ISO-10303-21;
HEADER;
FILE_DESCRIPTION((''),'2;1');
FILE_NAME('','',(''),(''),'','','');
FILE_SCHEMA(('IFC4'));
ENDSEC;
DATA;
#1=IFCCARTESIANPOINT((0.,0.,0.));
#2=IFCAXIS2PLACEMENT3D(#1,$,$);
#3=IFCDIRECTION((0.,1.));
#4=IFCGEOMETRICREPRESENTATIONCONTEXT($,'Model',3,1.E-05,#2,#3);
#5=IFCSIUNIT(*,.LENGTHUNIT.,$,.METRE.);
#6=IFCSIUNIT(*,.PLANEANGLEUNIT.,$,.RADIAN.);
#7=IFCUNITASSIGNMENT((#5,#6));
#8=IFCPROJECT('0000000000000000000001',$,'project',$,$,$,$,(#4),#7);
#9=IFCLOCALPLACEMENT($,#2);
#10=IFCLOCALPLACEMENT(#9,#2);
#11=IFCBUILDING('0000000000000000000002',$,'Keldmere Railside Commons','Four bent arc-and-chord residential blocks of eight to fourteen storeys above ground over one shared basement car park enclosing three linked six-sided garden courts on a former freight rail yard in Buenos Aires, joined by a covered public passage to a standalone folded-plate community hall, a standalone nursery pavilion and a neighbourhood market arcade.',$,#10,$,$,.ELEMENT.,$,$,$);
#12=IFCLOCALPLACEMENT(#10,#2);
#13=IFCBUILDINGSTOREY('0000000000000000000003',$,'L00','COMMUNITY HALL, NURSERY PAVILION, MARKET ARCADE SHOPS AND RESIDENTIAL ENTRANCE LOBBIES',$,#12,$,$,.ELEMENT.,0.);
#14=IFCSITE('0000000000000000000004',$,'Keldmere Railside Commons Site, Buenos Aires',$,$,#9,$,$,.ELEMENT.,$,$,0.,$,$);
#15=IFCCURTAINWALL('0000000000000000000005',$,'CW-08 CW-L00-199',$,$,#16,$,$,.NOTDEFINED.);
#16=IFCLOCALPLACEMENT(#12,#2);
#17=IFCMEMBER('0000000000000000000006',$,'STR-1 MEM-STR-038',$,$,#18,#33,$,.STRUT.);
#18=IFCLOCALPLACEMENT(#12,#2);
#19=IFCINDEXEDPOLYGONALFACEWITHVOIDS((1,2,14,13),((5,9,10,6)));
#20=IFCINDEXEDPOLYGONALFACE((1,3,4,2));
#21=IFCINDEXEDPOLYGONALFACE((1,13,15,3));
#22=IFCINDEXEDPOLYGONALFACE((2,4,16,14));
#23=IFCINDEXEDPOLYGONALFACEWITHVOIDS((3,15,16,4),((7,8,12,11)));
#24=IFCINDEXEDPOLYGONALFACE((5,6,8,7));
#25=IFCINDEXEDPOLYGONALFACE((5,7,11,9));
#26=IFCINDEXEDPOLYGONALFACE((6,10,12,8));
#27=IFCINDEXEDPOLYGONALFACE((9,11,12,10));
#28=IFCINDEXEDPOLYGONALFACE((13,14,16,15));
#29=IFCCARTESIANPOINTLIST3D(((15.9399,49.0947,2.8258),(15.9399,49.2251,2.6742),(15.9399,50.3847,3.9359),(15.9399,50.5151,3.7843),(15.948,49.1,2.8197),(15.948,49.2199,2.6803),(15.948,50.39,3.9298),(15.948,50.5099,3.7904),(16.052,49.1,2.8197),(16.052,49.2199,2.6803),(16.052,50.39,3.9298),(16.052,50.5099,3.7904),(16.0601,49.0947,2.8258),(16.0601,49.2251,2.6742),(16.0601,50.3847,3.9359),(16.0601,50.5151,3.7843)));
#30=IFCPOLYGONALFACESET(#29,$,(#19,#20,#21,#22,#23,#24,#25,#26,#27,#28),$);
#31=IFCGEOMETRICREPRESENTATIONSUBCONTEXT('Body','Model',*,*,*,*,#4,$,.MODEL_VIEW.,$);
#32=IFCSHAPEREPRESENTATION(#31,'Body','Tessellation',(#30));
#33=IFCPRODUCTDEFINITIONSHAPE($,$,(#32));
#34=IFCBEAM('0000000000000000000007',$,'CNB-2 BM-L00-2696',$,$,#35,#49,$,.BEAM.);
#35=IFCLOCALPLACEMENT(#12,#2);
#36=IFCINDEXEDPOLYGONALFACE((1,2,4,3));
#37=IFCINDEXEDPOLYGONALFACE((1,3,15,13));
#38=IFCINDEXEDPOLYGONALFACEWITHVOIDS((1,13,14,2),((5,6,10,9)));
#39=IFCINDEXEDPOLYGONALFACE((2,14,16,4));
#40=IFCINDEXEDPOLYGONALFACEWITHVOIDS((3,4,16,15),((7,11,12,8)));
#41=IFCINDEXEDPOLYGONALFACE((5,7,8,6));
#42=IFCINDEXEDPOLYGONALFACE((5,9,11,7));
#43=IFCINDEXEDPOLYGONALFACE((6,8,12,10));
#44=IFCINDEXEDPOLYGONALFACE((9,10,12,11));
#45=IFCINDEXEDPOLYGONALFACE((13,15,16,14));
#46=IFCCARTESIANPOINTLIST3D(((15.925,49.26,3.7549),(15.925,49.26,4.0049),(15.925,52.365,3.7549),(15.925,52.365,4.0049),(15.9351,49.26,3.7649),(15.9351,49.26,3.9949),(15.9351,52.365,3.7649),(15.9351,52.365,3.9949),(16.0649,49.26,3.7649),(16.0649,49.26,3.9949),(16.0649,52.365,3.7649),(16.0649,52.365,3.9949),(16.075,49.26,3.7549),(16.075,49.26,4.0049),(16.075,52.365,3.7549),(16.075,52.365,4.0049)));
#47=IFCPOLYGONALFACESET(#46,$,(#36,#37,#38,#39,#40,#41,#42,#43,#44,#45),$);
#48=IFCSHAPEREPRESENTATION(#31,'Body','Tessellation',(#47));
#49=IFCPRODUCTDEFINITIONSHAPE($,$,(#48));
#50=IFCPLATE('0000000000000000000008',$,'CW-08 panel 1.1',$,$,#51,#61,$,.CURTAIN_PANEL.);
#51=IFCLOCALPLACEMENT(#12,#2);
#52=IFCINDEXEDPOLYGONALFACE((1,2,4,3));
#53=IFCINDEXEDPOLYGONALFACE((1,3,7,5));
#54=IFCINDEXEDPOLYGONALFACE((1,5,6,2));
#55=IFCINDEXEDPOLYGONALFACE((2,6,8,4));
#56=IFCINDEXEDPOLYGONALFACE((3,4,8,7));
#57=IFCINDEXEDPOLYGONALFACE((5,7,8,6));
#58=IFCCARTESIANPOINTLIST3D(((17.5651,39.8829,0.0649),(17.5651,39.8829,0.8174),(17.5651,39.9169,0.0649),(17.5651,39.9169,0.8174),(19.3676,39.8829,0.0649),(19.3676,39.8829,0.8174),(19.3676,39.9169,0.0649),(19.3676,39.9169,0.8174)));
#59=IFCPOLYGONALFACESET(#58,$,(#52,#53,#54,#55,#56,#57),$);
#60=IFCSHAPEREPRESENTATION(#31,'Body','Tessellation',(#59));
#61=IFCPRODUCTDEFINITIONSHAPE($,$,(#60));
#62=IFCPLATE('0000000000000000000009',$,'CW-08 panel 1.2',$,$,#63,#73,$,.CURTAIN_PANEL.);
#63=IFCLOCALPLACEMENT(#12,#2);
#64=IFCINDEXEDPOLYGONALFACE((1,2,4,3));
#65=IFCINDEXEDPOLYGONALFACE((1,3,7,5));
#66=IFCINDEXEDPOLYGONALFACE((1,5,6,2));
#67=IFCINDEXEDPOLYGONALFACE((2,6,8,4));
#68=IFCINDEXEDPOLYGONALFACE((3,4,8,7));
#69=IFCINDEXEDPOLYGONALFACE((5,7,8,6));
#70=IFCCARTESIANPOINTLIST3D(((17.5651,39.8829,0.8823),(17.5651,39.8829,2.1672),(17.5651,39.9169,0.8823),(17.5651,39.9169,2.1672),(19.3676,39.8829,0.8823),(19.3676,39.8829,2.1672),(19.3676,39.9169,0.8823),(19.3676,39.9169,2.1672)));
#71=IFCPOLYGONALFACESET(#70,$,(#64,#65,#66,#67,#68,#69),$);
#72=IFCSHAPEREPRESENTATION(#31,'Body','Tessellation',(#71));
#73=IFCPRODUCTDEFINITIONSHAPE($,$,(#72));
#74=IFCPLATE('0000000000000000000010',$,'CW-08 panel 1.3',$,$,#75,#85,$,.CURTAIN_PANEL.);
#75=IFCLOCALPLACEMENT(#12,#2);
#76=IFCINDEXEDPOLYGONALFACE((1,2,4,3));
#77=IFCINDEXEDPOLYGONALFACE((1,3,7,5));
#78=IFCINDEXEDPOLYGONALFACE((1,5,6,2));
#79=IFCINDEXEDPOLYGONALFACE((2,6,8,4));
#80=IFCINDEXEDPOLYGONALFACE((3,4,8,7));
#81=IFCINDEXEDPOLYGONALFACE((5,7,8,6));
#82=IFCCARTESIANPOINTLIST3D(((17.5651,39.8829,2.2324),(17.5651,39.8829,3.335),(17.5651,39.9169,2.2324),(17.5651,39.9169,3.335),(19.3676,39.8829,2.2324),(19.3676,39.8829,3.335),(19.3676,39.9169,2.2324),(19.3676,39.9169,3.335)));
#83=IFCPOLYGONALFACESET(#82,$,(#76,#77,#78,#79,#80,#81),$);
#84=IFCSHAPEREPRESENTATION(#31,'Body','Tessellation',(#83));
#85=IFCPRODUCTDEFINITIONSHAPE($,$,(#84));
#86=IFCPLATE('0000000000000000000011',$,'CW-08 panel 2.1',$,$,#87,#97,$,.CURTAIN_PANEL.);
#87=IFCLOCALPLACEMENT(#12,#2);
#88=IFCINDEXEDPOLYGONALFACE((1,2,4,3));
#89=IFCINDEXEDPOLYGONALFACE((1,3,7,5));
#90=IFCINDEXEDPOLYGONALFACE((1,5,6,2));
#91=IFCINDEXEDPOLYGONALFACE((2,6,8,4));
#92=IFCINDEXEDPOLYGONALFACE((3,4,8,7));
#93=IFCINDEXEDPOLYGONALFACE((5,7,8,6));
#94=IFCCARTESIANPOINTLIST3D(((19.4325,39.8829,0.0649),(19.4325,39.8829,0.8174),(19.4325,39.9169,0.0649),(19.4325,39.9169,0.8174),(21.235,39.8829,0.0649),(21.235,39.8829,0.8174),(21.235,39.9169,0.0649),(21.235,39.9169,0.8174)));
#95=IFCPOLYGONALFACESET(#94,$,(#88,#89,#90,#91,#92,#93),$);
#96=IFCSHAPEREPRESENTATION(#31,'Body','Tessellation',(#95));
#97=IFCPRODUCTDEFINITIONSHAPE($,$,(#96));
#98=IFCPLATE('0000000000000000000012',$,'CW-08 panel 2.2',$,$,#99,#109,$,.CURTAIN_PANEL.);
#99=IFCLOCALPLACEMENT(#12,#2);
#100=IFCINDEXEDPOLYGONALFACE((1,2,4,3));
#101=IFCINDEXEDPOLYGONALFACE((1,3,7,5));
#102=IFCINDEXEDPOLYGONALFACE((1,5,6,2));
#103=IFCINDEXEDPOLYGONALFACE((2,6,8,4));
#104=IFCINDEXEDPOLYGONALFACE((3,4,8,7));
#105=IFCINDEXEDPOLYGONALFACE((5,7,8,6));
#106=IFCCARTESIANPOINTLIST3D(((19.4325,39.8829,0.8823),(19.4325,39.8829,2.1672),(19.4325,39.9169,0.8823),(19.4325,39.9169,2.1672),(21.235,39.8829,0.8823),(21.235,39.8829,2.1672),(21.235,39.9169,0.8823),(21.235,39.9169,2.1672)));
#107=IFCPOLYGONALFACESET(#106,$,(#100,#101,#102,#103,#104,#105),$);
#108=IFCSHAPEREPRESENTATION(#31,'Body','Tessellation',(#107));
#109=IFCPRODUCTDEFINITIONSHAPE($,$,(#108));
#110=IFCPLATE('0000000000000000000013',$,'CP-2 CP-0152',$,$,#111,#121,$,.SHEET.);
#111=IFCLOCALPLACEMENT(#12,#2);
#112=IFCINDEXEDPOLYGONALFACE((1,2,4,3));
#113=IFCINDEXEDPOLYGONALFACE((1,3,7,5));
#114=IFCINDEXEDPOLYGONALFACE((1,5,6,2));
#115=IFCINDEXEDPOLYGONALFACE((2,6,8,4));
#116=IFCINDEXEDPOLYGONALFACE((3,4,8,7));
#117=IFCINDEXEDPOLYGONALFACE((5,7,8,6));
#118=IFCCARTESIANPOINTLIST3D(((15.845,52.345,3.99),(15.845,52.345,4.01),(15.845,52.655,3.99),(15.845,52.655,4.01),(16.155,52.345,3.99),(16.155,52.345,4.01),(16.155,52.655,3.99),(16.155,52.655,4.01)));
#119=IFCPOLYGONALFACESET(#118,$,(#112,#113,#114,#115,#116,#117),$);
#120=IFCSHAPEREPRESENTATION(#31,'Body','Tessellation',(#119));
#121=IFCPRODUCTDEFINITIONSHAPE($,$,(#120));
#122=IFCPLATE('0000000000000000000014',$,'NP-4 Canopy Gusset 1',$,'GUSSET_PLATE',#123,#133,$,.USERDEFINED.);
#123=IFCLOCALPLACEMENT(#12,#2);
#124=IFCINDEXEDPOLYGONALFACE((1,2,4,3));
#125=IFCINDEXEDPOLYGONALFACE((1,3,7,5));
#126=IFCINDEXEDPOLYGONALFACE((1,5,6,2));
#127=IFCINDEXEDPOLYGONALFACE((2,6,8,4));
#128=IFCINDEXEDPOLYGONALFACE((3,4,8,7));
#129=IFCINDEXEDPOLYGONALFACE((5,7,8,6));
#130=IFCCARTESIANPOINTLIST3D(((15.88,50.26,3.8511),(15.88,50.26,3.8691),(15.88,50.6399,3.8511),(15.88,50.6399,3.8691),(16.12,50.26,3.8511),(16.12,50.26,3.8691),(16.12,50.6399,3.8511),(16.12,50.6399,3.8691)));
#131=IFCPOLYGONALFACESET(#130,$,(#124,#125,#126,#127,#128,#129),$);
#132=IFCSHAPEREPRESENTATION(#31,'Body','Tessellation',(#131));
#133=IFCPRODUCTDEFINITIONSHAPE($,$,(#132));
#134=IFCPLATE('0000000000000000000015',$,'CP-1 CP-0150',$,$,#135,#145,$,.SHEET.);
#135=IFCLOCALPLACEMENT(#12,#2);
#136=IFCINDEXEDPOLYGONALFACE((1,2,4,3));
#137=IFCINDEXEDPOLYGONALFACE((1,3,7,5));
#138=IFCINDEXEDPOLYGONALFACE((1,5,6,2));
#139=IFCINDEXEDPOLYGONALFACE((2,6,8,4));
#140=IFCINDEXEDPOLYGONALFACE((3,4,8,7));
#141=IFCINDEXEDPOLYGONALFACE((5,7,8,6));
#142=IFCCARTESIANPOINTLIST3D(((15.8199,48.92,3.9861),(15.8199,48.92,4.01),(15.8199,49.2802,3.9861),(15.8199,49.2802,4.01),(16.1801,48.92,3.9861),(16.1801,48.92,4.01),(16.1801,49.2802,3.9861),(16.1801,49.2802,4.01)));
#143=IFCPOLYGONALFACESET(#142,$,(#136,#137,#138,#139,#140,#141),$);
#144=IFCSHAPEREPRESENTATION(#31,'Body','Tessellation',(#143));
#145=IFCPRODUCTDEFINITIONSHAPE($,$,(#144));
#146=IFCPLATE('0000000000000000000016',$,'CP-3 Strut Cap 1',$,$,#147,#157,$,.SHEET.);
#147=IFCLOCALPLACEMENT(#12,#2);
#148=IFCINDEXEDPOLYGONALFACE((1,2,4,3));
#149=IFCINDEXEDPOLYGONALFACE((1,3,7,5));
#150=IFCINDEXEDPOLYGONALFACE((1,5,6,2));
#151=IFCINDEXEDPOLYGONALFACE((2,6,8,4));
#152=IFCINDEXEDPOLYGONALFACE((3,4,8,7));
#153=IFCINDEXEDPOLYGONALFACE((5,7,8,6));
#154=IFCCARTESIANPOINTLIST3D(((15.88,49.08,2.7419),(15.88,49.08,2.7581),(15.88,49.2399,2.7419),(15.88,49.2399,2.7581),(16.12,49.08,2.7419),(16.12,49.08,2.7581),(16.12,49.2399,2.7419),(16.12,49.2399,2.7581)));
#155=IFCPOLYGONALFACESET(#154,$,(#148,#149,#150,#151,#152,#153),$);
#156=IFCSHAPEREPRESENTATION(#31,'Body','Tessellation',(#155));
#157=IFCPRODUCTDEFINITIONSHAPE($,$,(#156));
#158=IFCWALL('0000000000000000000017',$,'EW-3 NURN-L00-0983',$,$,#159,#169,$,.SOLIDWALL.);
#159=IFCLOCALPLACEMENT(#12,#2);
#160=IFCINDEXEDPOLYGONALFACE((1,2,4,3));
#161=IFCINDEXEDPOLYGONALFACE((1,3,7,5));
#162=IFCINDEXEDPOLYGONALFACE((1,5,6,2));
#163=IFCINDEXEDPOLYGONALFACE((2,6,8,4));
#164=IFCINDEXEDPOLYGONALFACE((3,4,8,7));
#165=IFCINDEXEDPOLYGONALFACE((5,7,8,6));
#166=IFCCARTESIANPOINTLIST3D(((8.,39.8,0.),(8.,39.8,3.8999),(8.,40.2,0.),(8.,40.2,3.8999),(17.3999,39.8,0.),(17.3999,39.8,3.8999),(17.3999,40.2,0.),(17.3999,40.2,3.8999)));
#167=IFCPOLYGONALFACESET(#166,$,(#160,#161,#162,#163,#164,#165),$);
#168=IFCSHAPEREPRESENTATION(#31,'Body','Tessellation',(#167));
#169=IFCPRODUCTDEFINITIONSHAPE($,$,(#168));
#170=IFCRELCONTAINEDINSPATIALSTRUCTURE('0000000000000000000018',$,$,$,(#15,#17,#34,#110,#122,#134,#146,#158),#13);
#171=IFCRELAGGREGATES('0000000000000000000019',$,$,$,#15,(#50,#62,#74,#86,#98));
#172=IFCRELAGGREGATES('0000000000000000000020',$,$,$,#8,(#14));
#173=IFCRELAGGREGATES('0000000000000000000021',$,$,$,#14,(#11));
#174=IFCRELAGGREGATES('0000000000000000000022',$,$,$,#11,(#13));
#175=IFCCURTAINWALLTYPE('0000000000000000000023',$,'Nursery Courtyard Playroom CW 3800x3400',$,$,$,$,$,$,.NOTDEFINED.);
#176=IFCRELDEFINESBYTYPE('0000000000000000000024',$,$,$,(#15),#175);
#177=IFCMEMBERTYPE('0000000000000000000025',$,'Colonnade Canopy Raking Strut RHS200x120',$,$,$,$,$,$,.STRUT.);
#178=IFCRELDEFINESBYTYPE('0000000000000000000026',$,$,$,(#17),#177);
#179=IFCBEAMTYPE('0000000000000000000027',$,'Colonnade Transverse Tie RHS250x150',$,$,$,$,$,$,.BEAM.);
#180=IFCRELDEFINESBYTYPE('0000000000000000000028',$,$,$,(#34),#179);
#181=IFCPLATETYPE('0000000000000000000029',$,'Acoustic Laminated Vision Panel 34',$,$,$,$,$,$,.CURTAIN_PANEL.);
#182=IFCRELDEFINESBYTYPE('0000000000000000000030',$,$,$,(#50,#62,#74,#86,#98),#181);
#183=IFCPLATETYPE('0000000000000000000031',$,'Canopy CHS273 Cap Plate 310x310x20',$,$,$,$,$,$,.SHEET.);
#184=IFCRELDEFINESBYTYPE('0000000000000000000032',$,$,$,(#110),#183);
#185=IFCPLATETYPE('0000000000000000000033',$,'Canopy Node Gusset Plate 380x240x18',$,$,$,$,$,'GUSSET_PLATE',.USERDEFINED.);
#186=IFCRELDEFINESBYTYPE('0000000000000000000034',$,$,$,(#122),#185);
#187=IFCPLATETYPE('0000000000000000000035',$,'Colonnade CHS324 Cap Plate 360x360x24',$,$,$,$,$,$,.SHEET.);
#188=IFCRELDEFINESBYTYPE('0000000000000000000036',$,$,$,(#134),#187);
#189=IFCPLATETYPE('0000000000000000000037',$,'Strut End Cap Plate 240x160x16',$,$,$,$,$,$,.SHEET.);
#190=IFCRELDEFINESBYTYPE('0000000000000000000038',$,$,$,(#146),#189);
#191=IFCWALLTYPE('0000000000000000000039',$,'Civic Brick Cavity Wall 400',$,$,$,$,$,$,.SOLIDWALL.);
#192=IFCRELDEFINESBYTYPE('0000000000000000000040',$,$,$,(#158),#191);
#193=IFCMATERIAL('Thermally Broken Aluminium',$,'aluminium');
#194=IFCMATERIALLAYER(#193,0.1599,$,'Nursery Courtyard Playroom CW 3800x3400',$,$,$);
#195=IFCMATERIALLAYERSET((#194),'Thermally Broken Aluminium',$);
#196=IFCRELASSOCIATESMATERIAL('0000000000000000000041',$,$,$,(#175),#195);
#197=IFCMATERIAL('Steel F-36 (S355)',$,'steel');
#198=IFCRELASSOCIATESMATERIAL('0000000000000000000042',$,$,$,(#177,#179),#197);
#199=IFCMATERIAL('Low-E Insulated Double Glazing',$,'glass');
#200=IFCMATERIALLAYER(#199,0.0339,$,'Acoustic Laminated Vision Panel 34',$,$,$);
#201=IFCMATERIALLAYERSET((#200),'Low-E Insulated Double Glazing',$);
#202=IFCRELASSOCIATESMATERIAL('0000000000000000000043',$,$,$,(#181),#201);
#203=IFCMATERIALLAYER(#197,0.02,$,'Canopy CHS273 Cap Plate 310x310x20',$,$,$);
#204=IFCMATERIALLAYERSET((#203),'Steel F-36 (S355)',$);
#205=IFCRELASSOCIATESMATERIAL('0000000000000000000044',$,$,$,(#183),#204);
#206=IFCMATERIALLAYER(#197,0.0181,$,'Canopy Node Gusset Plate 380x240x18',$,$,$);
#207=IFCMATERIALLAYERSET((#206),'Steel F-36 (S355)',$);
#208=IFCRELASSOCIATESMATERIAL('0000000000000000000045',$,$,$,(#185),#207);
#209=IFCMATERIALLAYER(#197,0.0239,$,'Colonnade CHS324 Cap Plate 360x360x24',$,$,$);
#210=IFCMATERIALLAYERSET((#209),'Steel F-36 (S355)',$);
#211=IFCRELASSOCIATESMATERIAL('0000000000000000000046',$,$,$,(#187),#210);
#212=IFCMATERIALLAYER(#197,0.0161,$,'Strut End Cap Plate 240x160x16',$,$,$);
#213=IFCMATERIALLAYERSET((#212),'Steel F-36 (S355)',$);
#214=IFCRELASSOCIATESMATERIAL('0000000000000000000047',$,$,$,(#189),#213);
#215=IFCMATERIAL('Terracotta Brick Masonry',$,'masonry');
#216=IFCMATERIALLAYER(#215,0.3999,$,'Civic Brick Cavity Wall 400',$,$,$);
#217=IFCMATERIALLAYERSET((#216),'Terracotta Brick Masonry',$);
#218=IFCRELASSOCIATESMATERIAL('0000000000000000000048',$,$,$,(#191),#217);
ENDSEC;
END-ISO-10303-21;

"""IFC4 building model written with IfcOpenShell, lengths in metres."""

from ifc_helpers import new_model, si_unit, direction, frame, frame_2d, origin, origin_2d, place, context, subcontext, project, spatial, rectangle, hollow_rectangle, extrude, material, layer, layer_set, material_profile, profile_set, type_object, element, aggregate, save


model = new_model("IFC4")

# Units and contexts
model_context = context("Model", 3, precision=1e-05, world=origin(), true_north=direction((0.0, 1.0)))
body_context = subcontext(model_context, "Body", "Model", "MODEL_VIEW")
ifc_project = project(units=[si_unit("LENGTHUNIT", "METRE"), si_unit("PLANEANGLEUNIT", "RADIAN")], contexts=[model_context])

# Site, building, storey
site_placement = place(None, origin())
site = spatial("IfcSite", under=ifc_project, at=site_placement, Name="Keldmere Railside Commons Site, Buenos Aires", CompositionType="ELEMENT", RefElevation=0.0)
building_placement = place(site_placement, origin())
building = spatial("IfcBuilding", under=site, at=building_placement, Name="Keldmere Railside Commons", Description="Four bent arc-and-chord residential blocks of eight to fourteen storeys above ground over one shared basement car park enclosing three linked six-sided garden courts on a former freight rail yard in Buenos Aires, joined by a covered public passage to a standalone folded-plate community hall, a standalone nursery pavilion and a neighbourhood market arcade.", CompositionType="ELEMENT")
storey_placement = place(building_placement, origin())
storey = spatial("IfcBuildingStorey", under=building, at=storey_placement, Name="L00", Description="COMMUNITY HALL, NURSERY PAVILION, MARKET ARCADE SHOPS AND RESIDENTIAL ENTRANCE LOBBIES", CompositionType="ELEMENT", Elevation=0.0)

# Shared definitions
ifc_material_1 = material(Name="Steel F-36 (S355)", Category="steel")

# Curtain wall
ifc_material_2 = material(Name="Thermally Broken Aluminium", Category="aluminium")
ifc_layer_1 = layer(ifc_material_2, 0.1599, Name="Nursery Courtyard Playroom CW 3800x3400")
ifc_layer_set_1 = layer_set([ifc_layer_1], Name="Thermally Broken Aluminium")
curtain_wall_type = type_object("IfcCurtainWallType", Name="Nursery Courtyard Playroom CW 3800x3400", PredefinedType="NOTDEFINED", material=ifc_layer_set_1)
curtain_wall_placement = place(storey_placement, origin())
curtain_wall = element("IfcCurtainWall", 1, at=curtain_wall_placement, inside=storey, type_object=curtain_wall_type, Name="CW-08 CW-L00-199", PredefinedType="NOTDEFINED")

# Member
ifc_material_profile_1 = material_profile(ifc_material_1, hollow_rectangle(XDim=0.1201, YDim=0.2, WallThickness=0.0081, at=origin_2d()), Name="RHS-200x120x8")
ifc_profile_set_1 = profile_set([ifc_material_profile_1], Name="Steel F-36 (S355)")
member_type_1 = type_object("IfcMemberType", Name="Colonnade Canopy Raking Strut RHS200x120", PredefinedType="STRUT", material=ifc_profile_set_1)
member_1_placement = place(storey_placement, frame((16.0, 49.1599, 2.75), z_axis=(0.0, 0.757989, 0.652267), x_axis=(-1.0, 0.0, 0.0)))
element("IfcMember", 2, at=member_1_placement, inside=storey, type_object=member_type_1, Name="STR-1 MEM-STR-038", PredefinedType="STRUT", context=body_context, shape_type="SweptSolid", body=[
    extrude(hollow_rectangle(XDim=0.1201, YDim=0.2, WallThickness=0.0081, at=origin_2d()), origin(), (0.0, 0.0, 1.0), 1.7019),
])

# Beam
ifc_material_profile_2 = material_profile(ifc_material_1, hollow_rectangle(XDim=0.1499, YDim=0.25, WallThickness=0.01, at=origin_2d()), Name="RHS-250x150x10")
ifc_profile_set_2 = profile_set([ifc_material_profile_2], Name="Steel F-36 (S355)")
beam_type_1 = type_object("IfcBeamType", Name="Colonnade Transverse Tie RHS250x150", PredefinedType="BEAM", material=ifc_profile_set_2)
beam_1_placement = place(storey_placement, frame((16.0, 49.26, 3.8799), z_axis=(0.0, 1.0, 0.0), x_axis=(-1.0, 0.0, 0.0)))
element("IfcBeam", 3, at=beam_1_placement, inside=storey, type_object=beam_type_1, Name="CNB-2 BM-L00-2696", PredefinedType="BEAM", context=body_context, shape_type="SweptSolid", body=[
    extrude(hollow_rectangle(XDim=0.1499, YDim=0.25, WallThickness=0.01, at=origin_2d()), origin(), (0.0, 0.0, 1.0), 3.105),
])

# Plates
ifc_material_3 = material(Name="Low-E Insulated Double Glazing", Category="glass")
ifc_layer_2 = layer(ifc_material_3, 0.0339, Name="Acoustic Laminated Vision Panel 34")
ifc_layer_set_2 = layer_set([ifc_layer_2], Name="Low-E Insulated Double Glazing")
plate_type_1 = type_object("IfcPlateType", Name="Acoustic Laminated Vision Panel 34", PredefinedType="CURTAIN_PANEL", material=ifc_layer_set_2)
plate_1_placement = place(storey_placement, frame((18.4663, 39.8999, 0.0649), z_axis=(0.0, 0.0, 1.0), x_axis=(1.0, 0.0, 0.0)))
plate_1 = element("IfcPlate", 4, at=plate_1_placement, type_object=plate_type_1, Name="CW-08 panel 1.1", PredefinedType="CURTAIN_PANEL", context=body_context, shape_type="SweptSolid", body=[
    extrude(rectangle(XDim=1.8025, YDim=0.0339, at=origin_2d()), origin(), (0.0, 0.0, 1.0), 0.7524),
])
plate_2_placement = place(storey_placement, frame((18.4663, 39.8999, 0.8823), z_axis=(0.0, 0.0, 1.0), x_axis=(1.0, 0.0, 0.0)))
plate_2 = element("IfcPlate", 5, at=plate_2_placement, type_object=plate_type_1, Name="CW-08 panel 1.2", PredefinedType="CURTAIN_PANEL", context=body_context, shape_type="SweptSolid", body=[
    extrude(rectangle(XDim=1.8025, YDim=0.0339, at=origin_2d()), origin(), (0.0, 0.0, 1.0), 1.2849),
])
plate_3_placement = place(storey_placement, frame((18.4663, 39.8999, 2.2324), z_axis=(0.0, 0.0, 1.0), x_axis=(1.0, 0.0, 0.0)))
plate_3 = element("IfcPlate", 6, at=plate_3_placement, type_object=plate_type_1, Name="CW-08 panel 1.3", PredefinedType="CURTAIN_PANEL", context=body_context, shape_type="SweptSolid", body=[
    extrude(rectangle(XDim=1.8025, YDim=0.0339, at=origin_2d()), origin(), (0.0, 0.0, 1.0), 1.1025),
])
plate_4_placement = place(storey_placement, frame((20.3337, 39.8999, 0.0649), z_axis=(0.0, 0.0, 1.0), x_axis=(1.0, 0.0, 0.0)))
plate_4 = element("IfcPlate", 7, at=plate_4_placement, type_object=plate_type_1, Name="CW-08 panel 2.1", PredefinedType="CURTAIN_PANEL", context=body_context, shape_type="SweptSolid", body=[
    extrude(rectangle(XDim=1.8025, YDim=0.0339, at=origin_2d()), origin(), (0.0, 0.0, 1.0), 0.7524),
])
plate_5_placement = place(storey_placement, frame((20.3337, 39.8999, 0.8823), z_axis=(0.0, 0.0, 1.0), x_axis=(1.0, 0.0, 0.0)))
plate_5 = element("IfcPlate", 8, at=plate_5_placement, type_object=plate_type_1, Name="CW-08 panel 2.2", PredefinedType="CURTAIN_PANEL", context=body_context, shape_type="SweptSolid", body=[
    extrude(rectangle(XDim=1.8025, YDim=0.0339, at=origin_2d()), origin(), (0.0, 0.0, 1.0), 1.2849),
])
aggregate(curtain_wall, [plate_1, plate_2, plate_3, plate_4, plate_5])

# Plates
ifc_layer_3 = layer(ifc_material_1, 0.02, Name="Canopy CHS273 Cap Plate 310x310x20")
ifc_layer_set_3 = layer_set([ifc_layer_3], Name="Steel F-36 (S355)")
plate_type_2 = type_object("IfcPlateType", Name="Canopy CHS273 Cap Plate 310x310x20", PredefinedType="SHEET", material=ifc_layer_set_3)
plate_6_placement = place(storey_placement, frame((16.0, 52.5, 3.99), z_axis=(0.0, 0.0, 1.0), x_axis=(1.0, 0.0, 0.0)))
element("IfcPlate", 9, at=plate_6_placement, inside=storey, type_object=plate_type_2, Name="CP-2 CP-0152", PredefinedType="SHEET", context=body_context, shape_type="SweptSolid", body=[
    extrude(rectangle(XDim=0.3101, YDim=0.3101, at=origin_2d()), origin(), (0.0, 0.0, 1.0), 0.02),
])
ifc_layer_4 = layer(ifc_material_1, 0.0181, Name="Canopy Node Gusset Plate 380x240x18")
ifc_layer_set_4 = layer_set([ifc_layer_4], Name="Steel F-36 (S355)")
plate_type_3 = type_object("IfcPlateType", Name="Canopy Node Gusset Plate 380x240x18", ElementType="GUSSET_PLATE", PredefinedType="USERDEFINED", material=ifc_layer_set_4)
plate_7_placement = place(storey_placement, frame((16.0, 50.45, 3.8511), z_axis=(0.0, 0.0, 1.0), x_axis=(0.0, 1.0, 0.0)))
element("IfcPlate", 10, at=plate_7_placement, inside=storey, type_object=plate_type_3, Name="NP-4 Canopy Gusset 1", ObjectType="GUSSET_PLATE", PredefinedType="USERDEFINED", context=body_context, shape_type="SweptSolid", body=[
    extrude(rectangle(XDim=0.3799, YDim=0.24, at=origin_2d()), origin(), (0.0, 0.0, 1.0), 0.0181),
])
ifc_layer_5 = layer(ifc_material_1, 0.0239, Name="Colonnade CHS324 Cap Plate 360x360x24")
ifc_layer_set_5 = layer_set([ifc_layer_5], Name="Steel F-36 (S355)")
plate_type_4 = type_object("IfcPlateType", Name="Colonnade CHS324 Cap Plate 360x360x24", PredefinedType="SHEET", material=ifc_layer_set_5)
plate_8_placement = place(storey_placement, frame((16.0, 49.1001, 3.9861), z_axis=(0.0, 0.0, 1.0), x_axis=(1.0, 0.0, 0.0)))
element("IfcPlate", 11, at=plate_8_placement, inside=storey, type_object=plate_type_4, Name="CP-1 CP-0150", PredefinedType="SHEET", context=body_context, shape_type="SweptSolid", body=[
    extrude(rectangle(XDim=0.3601, YDim=0.3601, at=origin_2d()), origin(), (0.0, 0.0, 1.0), 0.0239),
])
ifc_layer_6 = layer(ifc_material_1, 0.0161, Name="Strut End Cap Plate 240x160x16")
ifc_layer_set_6 = layer_set([ifc_layer_6], Name="Steel F-36 (S355)")
plate_type_5 = type_object("IfcPlateType", Name="Strut End Cap Plate 240x160x16", PredefinedType="SHEET", material=ifc_layer_set_6)
plate_9_placement = place(storey_placement, frame((16.0, 49.1599, 2.7419), z_axis=(0.0, 0.0, 1.0), x_axis=(1.0, 0.0, 0.0)))
element("IfcPlate", 12, at=plate_9_placement, inside=storey, type_object=plate_type_5, Name="CP-3 Strut Cap 1", PredefinedType="SHEET", context=body_context, shape_type="SweptSolid", body=[
    extrude(rectangle(XDim=0.24, YDim=0.1599, at=origin_2d()), origin(), (0.0, 0.0, 1.0), 0.0161),
])

# Wall
ifc_material_4 = material(Name="Terracotta Brick Masonry", Category="masonry")
ifc_layer_7 = layer(ifc_material_4, 0.3999, Name="Civic Brick Cavity Wall 400")
ifc_layer_set_7 = layer_set([ifc_layer_7], Name="Terracotta Brick Masonry")
wall_type = type_object("IfcWallType", Name="Civic Brick Cavity Wall 400", PredefinedType="SOLIDWALL", material=ifc_layer_set_7)
wall_placement = place(storey_placement, frame((8.0, 40.0, 0.0), z_axis=(0.0, 0.0, 1.0), x_axis=(1.0, 0.0, 0.0)))
element("IfcWall", 13, at=wall_placement, inside=storey, type_object=wall_type, Name="EW-3 NURN-L00-0983", PredefinedType="SOLIDWALL", context=body_context, shape_type="SweptSolid", body=[
    extrude(rectangle(XDim=9.3999, YDim=0.3999, at=frame_2d((4.7, 0.0))), origin(), (0.0, 0.0, 1.0), 3.8999),
])

save(model, "model.ifc")
